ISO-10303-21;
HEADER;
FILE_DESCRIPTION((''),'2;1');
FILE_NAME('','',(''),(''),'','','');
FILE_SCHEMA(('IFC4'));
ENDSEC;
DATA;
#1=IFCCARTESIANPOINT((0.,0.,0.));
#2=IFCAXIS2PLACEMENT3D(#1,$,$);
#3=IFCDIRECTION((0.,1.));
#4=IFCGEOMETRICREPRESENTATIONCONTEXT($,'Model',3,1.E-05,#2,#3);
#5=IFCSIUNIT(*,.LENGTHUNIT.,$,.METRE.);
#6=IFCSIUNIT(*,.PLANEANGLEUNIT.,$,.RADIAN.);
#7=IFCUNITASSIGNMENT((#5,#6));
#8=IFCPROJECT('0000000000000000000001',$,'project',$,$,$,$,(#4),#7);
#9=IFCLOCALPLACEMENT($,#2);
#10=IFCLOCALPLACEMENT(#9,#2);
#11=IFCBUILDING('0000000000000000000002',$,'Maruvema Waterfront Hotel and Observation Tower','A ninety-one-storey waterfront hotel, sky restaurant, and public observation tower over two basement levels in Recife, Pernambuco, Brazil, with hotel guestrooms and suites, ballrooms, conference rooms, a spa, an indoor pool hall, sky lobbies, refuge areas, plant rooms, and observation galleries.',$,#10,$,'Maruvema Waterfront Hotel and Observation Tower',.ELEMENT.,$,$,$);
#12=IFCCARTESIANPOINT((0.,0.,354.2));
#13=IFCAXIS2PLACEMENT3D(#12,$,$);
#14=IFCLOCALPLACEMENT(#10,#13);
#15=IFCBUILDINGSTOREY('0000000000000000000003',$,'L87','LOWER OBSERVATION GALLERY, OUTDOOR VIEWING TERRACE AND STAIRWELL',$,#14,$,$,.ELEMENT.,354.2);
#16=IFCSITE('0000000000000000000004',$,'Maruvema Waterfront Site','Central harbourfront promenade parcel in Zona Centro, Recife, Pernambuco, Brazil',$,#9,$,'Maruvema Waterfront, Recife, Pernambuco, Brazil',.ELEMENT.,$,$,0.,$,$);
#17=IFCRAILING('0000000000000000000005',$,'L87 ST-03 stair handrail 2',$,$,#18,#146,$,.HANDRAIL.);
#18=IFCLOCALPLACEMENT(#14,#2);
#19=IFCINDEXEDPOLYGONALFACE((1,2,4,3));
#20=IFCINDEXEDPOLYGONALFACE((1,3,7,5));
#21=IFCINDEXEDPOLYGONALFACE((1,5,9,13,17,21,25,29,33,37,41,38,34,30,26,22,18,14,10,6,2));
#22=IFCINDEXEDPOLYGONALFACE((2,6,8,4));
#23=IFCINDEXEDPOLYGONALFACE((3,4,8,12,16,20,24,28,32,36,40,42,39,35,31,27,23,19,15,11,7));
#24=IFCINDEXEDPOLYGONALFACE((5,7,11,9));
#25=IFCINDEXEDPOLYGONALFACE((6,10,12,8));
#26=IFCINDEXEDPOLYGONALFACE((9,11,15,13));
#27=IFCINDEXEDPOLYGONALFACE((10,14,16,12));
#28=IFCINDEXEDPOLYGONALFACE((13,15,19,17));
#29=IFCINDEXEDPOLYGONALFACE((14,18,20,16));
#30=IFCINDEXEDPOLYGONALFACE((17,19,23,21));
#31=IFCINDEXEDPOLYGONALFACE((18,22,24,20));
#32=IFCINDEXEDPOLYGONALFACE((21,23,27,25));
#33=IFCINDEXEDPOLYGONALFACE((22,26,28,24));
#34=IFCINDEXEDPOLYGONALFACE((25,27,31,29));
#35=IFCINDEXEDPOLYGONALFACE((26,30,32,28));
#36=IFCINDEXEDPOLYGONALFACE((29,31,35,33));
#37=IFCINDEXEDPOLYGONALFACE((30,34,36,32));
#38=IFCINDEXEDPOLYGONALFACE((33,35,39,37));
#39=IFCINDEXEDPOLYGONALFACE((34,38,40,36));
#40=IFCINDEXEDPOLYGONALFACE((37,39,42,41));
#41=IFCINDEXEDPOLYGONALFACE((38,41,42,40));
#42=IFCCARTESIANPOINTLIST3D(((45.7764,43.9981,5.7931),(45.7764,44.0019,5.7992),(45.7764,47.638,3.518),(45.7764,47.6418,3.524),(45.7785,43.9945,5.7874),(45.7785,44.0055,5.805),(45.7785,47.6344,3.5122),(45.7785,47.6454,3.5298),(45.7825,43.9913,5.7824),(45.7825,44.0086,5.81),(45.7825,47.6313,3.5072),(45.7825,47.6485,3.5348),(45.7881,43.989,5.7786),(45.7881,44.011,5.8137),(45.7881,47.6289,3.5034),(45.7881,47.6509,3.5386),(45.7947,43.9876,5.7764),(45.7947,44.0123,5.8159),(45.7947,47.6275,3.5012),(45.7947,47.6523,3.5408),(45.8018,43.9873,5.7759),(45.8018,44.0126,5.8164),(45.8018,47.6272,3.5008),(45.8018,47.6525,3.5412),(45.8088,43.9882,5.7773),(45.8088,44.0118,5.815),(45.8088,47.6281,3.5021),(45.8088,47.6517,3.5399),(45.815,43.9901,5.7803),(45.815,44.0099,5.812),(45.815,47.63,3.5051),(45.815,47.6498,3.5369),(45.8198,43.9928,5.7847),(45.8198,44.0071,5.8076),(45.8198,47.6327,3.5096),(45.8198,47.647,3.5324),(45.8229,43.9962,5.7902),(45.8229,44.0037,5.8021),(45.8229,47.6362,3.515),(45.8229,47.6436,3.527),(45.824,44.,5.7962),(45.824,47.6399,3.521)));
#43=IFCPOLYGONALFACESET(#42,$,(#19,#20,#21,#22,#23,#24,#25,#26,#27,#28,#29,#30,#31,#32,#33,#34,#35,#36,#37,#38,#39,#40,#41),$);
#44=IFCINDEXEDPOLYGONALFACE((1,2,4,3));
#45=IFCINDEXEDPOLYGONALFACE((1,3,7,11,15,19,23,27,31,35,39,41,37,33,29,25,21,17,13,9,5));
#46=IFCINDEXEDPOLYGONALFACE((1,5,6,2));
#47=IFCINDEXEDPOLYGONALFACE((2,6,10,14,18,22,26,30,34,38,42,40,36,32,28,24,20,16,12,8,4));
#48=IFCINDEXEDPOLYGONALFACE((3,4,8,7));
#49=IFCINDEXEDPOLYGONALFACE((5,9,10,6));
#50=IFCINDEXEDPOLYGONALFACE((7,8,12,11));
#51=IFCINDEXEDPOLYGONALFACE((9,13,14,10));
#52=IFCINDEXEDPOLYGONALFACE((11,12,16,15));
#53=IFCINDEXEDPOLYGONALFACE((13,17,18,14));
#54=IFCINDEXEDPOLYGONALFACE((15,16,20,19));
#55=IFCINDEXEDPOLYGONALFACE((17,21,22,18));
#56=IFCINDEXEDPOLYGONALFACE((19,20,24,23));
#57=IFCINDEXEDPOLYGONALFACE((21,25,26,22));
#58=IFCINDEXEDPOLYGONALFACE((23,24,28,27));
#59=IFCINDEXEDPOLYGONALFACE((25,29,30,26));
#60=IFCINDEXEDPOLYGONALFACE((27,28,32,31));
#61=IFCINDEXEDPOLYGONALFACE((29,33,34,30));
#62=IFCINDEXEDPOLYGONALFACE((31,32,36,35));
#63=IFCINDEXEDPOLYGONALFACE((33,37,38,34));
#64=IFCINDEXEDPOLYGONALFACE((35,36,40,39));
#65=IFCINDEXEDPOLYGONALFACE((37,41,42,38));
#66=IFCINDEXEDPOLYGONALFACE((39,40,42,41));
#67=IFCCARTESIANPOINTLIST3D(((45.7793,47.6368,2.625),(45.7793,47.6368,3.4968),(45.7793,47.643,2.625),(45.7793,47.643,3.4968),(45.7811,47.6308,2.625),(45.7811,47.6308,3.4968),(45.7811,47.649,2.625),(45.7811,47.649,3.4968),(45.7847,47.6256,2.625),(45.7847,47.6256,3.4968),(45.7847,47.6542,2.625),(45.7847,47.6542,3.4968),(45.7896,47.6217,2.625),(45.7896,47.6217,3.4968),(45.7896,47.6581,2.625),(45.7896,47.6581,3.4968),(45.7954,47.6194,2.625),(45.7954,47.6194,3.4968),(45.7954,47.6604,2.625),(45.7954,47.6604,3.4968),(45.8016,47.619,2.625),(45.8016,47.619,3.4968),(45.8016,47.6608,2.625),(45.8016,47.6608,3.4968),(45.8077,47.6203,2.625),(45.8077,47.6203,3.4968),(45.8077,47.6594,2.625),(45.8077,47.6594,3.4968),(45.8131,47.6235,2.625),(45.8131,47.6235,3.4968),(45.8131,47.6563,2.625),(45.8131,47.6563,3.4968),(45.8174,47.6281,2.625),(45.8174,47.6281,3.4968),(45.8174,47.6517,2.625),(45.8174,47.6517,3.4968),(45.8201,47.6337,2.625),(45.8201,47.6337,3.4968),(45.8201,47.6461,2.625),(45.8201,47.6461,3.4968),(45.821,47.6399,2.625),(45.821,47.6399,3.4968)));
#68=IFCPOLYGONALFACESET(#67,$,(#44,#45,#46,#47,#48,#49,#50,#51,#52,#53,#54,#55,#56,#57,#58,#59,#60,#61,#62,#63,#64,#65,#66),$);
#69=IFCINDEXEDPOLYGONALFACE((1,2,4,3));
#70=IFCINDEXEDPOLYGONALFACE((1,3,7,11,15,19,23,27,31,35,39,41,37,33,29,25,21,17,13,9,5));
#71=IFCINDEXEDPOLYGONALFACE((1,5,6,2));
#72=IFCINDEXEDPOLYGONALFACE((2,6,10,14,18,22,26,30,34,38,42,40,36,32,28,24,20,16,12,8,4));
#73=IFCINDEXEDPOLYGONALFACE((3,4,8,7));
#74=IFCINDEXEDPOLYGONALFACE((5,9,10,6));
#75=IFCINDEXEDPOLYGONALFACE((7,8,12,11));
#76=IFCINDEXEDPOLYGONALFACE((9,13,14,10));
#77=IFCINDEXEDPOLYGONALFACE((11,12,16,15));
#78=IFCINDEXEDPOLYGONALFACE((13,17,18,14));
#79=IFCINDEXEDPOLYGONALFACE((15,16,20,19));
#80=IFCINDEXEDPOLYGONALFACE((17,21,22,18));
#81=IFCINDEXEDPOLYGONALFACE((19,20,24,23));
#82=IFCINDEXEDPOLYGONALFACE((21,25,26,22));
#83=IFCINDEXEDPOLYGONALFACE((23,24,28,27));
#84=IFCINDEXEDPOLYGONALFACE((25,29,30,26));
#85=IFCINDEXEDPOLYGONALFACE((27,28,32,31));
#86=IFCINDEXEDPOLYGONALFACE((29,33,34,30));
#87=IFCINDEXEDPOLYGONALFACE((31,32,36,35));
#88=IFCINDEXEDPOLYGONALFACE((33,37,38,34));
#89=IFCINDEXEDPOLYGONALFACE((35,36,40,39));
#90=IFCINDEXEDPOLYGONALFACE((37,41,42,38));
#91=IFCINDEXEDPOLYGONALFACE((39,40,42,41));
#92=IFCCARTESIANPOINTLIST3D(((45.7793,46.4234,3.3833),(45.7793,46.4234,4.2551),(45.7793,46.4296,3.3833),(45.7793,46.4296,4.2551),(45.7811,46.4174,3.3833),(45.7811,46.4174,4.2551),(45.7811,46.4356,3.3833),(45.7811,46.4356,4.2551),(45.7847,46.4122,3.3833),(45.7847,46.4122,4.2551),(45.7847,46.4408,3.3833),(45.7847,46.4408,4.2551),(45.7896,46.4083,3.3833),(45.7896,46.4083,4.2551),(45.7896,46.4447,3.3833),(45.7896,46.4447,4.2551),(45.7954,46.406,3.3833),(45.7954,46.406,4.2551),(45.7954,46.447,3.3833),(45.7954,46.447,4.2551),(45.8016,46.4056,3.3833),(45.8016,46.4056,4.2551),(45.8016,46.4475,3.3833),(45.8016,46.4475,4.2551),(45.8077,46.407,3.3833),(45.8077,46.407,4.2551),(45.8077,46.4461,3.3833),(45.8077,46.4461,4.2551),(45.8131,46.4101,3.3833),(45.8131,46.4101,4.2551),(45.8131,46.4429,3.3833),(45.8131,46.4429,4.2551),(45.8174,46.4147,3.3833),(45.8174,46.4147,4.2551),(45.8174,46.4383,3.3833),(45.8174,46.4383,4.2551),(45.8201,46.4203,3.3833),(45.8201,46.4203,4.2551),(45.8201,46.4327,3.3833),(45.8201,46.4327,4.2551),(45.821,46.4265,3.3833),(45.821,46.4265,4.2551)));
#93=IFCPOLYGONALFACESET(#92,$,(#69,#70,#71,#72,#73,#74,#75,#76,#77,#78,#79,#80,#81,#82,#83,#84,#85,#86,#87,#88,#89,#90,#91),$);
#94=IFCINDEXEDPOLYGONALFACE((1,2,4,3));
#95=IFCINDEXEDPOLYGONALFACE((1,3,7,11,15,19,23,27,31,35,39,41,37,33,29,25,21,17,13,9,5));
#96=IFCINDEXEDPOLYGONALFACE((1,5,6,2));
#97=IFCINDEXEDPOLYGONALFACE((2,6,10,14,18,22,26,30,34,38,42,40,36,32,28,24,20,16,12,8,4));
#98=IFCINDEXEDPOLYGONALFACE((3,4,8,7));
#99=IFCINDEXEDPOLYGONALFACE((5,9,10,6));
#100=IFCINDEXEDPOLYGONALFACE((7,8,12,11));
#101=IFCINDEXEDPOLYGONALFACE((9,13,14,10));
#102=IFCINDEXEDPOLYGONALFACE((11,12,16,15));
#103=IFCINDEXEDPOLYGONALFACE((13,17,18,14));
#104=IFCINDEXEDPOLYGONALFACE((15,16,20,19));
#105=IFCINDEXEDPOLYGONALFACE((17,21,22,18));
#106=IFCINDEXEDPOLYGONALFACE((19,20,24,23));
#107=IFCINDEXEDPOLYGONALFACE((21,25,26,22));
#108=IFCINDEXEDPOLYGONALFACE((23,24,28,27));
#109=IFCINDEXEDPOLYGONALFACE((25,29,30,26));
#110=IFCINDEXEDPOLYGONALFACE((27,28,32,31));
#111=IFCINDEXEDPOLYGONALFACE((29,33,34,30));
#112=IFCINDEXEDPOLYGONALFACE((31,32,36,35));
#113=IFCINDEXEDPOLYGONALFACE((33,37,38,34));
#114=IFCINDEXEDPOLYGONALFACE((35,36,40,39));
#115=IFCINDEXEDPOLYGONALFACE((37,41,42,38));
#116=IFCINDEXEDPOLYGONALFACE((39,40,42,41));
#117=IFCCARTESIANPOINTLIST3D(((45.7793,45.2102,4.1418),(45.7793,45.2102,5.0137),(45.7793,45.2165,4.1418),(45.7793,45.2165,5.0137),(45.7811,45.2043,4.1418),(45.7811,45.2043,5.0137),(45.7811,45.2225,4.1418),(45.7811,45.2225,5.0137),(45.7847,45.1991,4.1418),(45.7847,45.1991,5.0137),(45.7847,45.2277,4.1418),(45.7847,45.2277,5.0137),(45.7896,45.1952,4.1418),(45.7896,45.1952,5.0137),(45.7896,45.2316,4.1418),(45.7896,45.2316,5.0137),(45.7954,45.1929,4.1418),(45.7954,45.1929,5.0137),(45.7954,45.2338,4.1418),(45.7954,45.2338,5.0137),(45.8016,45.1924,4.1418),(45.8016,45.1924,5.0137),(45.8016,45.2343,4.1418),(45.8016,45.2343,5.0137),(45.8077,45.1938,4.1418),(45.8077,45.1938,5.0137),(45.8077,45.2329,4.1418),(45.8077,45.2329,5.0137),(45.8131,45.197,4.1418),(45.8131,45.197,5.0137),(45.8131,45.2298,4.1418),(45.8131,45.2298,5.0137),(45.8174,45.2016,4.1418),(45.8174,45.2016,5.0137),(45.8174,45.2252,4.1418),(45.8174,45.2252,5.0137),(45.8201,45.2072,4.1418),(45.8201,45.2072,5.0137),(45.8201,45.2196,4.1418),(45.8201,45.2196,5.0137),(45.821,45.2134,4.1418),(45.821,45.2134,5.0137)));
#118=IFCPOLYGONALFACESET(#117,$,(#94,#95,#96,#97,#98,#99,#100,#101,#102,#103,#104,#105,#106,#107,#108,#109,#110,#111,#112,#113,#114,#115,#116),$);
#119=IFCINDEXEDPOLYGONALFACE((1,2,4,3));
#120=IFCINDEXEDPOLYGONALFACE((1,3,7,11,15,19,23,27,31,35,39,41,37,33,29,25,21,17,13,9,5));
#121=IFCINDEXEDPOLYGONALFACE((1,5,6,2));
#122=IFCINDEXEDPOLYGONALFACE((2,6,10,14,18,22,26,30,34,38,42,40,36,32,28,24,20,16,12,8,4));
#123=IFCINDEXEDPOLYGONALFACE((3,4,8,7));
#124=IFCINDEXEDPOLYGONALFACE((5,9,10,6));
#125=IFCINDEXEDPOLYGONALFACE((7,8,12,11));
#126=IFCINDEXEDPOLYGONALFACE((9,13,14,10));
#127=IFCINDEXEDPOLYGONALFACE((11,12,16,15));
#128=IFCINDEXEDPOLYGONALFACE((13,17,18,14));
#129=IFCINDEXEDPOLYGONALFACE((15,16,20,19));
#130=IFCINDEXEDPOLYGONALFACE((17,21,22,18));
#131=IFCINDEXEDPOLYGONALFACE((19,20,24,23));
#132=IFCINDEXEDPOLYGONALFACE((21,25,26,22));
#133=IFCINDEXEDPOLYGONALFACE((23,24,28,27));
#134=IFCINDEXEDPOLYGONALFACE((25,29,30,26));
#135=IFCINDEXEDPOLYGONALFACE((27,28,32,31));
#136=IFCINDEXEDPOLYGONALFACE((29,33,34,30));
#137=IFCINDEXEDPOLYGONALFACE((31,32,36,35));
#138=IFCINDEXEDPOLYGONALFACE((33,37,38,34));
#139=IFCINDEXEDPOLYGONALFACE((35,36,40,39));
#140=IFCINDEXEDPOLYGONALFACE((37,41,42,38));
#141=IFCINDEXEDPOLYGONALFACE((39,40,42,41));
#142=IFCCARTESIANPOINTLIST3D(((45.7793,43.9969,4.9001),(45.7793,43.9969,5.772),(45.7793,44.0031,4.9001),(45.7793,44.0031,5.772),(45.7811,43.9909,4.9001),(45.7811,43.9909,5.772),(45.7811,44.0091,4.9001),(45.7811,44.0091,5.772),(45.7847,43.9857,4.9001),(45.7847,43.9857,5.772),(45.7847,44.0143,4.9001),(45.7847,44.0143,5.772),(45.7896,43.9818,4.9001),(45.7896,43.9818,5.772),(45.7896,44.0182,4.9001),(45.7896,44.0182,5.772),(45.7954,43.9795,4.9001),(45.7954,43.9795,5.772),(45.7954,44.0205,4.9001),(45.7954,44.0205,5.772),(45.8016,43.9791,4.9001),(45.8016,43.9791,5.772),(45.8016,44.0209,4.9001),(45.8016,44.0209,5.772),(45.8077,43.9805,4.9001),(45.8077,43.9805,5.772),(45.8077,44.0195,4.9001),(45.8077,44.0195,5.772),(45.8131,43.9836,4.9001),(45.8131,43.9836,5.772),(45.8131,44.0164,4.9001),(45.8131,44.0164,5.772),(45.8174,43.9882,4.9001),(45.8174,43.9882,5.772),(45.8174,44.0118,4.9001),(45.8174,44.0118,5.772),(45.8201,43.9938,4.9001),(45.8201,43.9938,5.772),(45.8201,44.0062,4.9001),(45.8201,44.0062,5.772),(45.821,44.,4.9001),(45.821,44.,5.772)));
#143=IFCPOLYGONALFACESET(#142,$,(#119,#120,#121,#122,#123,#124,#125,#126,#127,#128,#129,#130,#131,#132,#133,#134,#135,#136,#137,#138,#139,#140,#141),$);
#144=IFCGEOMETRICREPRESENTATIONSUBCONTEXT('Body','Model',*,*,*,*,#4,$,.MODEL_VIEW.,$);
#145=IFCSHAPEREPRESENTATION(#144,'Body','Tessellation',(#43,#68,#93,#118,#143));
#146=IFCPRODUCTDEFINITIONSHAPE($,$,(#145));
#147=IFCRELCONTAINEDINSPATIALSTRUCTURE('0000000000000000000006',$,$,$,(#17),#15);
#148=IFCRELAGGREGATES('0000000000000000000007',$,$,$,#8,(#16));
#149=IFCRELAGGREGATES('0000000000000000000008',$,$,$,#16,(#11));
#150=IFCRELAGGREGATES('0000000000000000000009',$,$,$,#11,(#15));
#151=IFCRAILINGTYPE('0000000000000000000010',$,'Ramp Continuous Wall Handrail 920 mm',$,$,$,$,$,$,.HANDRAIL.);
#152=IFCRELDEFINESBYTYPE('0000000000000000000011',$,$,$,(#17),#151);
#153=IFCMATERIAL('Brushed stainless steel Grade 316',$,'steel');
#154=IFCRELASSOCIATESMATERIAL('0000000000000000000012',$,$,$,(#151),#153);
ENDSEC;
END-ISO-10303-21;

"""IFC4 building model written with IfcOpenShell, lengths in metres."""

from ifc_helpers import new_model, si_unit, direction, frame, origin, origin_2d, place, context, subcontext, project, spatial, circle, extrude, material, type_object, element, save


model = new_model("IFC4")

# Units and contexts
model_context = context("Model", 3, precision=1e-05, world=origin(), true_north=direction((0.0, 1.0)))
body_context = subcontext(model_context, "Body", "Model", "MODEL_VIEW")
ifc_project = project(units=[si_unit("LENGTHUNIT", "METRE"), si_unit("PLANEANGLEUNIT", "RADIAN")], contexts=[model_context])

# Site, building, storey
site_placement = place(None, origin())
site = spatial("IfcSite", under=ifc_project, at=site_placement, Name="Maruvema Waterfront Site", Description="Central harbourfront promenade parcel in Zona Centro, Recife, Pernambuco, Brazil", LongName="Maruvema Waterfront, Recife, Pernambuco, Brazil", CompositionType="ELEMENT", RefElevation=0.0)
building_placement = place(site_placement, origin())
building = spatial("IfcBuilding", under=site, at=building_placement, Name="Maruvema Waterfront Hotel and Observation Tower", Description="A ninety-one-storey waterfront hotel, sky restaurant, and public observation tower over two basement levels in Recife, Pernambuco, Brazil, with hotel guestrooms and suites, ballrooms, conference rooms, a spa, an indoor pool hall, sky lobbies, refuge areas, plant rooms, and observation galleries.", LongName="Maruvema Waterfront Hotel and Observation Tower", CompositionType="ELEMENT")
storey_placement = place(building_placement, frame((0.0, 0.0, 354.2)))
storey = spatial("IfcBuildingStorey", under=building, at=storey_placement, Name="L87", Description="LOWER OBSERVATION GALLERY, OUTDOOR VIEWING TERRACE AND STAIRWELL", CompositionType="ELEMENT", Elevation=354.2)

# Railing
ifc_material_1 = material(Name="Brushed stainless steel Grade 316", Category="steel")
railing_type_1 = type_object("IfcRailingType", Name="Ramp Continuous Wall Handrail 920 mm", PredefinedType="HANDRAIL", material=ifc_material_1)
railing_1_placement = place(storey_placement, frame((45.8, 47.6399, 2.625)))
element("IfcRailing", 1, at=railing_1_placement, inside=storey, type_object=railing_type_1, Name="L87 ST-03 stair handrail 2", PredefinedType="HANDRAIL", context=body_context, shape_type="SweptSolid", body=[
    extrude(circle(Radius=0.0239, at=origin_2d()), frame((0.0, 0.0, 0.896), z_axis=(0.0, -0.847976, 0.530035), x_axis=(1.0, 0.0, 0.0)), (0.0, 0.0, 1.0), 4.2925),
    extrude(circle(Radius=0.021, at=origin_2d()), origin(), (0.0, 0.0, 1.0), 0.8718),
    extrude(circle(Radius=0.021, at=origin_2d()), frame((0.0, -1.2134, 0.7583)), (0.0, 0.0, 1.0), 0.8718),
    extrude(circle(Radius=0.021, at=origin_2d()), frame((0.0, -2.4265, 1.5168)), (0.0, 0.0, 1.0), 0.8718),
    extrude(circle(Radius=0.021, at=origin_2d()), frame((0.0, -3.6399, 2.2751)), (0.0, 0.0, 1.0), 0.8718),
])

save(model, "model.ifc")
